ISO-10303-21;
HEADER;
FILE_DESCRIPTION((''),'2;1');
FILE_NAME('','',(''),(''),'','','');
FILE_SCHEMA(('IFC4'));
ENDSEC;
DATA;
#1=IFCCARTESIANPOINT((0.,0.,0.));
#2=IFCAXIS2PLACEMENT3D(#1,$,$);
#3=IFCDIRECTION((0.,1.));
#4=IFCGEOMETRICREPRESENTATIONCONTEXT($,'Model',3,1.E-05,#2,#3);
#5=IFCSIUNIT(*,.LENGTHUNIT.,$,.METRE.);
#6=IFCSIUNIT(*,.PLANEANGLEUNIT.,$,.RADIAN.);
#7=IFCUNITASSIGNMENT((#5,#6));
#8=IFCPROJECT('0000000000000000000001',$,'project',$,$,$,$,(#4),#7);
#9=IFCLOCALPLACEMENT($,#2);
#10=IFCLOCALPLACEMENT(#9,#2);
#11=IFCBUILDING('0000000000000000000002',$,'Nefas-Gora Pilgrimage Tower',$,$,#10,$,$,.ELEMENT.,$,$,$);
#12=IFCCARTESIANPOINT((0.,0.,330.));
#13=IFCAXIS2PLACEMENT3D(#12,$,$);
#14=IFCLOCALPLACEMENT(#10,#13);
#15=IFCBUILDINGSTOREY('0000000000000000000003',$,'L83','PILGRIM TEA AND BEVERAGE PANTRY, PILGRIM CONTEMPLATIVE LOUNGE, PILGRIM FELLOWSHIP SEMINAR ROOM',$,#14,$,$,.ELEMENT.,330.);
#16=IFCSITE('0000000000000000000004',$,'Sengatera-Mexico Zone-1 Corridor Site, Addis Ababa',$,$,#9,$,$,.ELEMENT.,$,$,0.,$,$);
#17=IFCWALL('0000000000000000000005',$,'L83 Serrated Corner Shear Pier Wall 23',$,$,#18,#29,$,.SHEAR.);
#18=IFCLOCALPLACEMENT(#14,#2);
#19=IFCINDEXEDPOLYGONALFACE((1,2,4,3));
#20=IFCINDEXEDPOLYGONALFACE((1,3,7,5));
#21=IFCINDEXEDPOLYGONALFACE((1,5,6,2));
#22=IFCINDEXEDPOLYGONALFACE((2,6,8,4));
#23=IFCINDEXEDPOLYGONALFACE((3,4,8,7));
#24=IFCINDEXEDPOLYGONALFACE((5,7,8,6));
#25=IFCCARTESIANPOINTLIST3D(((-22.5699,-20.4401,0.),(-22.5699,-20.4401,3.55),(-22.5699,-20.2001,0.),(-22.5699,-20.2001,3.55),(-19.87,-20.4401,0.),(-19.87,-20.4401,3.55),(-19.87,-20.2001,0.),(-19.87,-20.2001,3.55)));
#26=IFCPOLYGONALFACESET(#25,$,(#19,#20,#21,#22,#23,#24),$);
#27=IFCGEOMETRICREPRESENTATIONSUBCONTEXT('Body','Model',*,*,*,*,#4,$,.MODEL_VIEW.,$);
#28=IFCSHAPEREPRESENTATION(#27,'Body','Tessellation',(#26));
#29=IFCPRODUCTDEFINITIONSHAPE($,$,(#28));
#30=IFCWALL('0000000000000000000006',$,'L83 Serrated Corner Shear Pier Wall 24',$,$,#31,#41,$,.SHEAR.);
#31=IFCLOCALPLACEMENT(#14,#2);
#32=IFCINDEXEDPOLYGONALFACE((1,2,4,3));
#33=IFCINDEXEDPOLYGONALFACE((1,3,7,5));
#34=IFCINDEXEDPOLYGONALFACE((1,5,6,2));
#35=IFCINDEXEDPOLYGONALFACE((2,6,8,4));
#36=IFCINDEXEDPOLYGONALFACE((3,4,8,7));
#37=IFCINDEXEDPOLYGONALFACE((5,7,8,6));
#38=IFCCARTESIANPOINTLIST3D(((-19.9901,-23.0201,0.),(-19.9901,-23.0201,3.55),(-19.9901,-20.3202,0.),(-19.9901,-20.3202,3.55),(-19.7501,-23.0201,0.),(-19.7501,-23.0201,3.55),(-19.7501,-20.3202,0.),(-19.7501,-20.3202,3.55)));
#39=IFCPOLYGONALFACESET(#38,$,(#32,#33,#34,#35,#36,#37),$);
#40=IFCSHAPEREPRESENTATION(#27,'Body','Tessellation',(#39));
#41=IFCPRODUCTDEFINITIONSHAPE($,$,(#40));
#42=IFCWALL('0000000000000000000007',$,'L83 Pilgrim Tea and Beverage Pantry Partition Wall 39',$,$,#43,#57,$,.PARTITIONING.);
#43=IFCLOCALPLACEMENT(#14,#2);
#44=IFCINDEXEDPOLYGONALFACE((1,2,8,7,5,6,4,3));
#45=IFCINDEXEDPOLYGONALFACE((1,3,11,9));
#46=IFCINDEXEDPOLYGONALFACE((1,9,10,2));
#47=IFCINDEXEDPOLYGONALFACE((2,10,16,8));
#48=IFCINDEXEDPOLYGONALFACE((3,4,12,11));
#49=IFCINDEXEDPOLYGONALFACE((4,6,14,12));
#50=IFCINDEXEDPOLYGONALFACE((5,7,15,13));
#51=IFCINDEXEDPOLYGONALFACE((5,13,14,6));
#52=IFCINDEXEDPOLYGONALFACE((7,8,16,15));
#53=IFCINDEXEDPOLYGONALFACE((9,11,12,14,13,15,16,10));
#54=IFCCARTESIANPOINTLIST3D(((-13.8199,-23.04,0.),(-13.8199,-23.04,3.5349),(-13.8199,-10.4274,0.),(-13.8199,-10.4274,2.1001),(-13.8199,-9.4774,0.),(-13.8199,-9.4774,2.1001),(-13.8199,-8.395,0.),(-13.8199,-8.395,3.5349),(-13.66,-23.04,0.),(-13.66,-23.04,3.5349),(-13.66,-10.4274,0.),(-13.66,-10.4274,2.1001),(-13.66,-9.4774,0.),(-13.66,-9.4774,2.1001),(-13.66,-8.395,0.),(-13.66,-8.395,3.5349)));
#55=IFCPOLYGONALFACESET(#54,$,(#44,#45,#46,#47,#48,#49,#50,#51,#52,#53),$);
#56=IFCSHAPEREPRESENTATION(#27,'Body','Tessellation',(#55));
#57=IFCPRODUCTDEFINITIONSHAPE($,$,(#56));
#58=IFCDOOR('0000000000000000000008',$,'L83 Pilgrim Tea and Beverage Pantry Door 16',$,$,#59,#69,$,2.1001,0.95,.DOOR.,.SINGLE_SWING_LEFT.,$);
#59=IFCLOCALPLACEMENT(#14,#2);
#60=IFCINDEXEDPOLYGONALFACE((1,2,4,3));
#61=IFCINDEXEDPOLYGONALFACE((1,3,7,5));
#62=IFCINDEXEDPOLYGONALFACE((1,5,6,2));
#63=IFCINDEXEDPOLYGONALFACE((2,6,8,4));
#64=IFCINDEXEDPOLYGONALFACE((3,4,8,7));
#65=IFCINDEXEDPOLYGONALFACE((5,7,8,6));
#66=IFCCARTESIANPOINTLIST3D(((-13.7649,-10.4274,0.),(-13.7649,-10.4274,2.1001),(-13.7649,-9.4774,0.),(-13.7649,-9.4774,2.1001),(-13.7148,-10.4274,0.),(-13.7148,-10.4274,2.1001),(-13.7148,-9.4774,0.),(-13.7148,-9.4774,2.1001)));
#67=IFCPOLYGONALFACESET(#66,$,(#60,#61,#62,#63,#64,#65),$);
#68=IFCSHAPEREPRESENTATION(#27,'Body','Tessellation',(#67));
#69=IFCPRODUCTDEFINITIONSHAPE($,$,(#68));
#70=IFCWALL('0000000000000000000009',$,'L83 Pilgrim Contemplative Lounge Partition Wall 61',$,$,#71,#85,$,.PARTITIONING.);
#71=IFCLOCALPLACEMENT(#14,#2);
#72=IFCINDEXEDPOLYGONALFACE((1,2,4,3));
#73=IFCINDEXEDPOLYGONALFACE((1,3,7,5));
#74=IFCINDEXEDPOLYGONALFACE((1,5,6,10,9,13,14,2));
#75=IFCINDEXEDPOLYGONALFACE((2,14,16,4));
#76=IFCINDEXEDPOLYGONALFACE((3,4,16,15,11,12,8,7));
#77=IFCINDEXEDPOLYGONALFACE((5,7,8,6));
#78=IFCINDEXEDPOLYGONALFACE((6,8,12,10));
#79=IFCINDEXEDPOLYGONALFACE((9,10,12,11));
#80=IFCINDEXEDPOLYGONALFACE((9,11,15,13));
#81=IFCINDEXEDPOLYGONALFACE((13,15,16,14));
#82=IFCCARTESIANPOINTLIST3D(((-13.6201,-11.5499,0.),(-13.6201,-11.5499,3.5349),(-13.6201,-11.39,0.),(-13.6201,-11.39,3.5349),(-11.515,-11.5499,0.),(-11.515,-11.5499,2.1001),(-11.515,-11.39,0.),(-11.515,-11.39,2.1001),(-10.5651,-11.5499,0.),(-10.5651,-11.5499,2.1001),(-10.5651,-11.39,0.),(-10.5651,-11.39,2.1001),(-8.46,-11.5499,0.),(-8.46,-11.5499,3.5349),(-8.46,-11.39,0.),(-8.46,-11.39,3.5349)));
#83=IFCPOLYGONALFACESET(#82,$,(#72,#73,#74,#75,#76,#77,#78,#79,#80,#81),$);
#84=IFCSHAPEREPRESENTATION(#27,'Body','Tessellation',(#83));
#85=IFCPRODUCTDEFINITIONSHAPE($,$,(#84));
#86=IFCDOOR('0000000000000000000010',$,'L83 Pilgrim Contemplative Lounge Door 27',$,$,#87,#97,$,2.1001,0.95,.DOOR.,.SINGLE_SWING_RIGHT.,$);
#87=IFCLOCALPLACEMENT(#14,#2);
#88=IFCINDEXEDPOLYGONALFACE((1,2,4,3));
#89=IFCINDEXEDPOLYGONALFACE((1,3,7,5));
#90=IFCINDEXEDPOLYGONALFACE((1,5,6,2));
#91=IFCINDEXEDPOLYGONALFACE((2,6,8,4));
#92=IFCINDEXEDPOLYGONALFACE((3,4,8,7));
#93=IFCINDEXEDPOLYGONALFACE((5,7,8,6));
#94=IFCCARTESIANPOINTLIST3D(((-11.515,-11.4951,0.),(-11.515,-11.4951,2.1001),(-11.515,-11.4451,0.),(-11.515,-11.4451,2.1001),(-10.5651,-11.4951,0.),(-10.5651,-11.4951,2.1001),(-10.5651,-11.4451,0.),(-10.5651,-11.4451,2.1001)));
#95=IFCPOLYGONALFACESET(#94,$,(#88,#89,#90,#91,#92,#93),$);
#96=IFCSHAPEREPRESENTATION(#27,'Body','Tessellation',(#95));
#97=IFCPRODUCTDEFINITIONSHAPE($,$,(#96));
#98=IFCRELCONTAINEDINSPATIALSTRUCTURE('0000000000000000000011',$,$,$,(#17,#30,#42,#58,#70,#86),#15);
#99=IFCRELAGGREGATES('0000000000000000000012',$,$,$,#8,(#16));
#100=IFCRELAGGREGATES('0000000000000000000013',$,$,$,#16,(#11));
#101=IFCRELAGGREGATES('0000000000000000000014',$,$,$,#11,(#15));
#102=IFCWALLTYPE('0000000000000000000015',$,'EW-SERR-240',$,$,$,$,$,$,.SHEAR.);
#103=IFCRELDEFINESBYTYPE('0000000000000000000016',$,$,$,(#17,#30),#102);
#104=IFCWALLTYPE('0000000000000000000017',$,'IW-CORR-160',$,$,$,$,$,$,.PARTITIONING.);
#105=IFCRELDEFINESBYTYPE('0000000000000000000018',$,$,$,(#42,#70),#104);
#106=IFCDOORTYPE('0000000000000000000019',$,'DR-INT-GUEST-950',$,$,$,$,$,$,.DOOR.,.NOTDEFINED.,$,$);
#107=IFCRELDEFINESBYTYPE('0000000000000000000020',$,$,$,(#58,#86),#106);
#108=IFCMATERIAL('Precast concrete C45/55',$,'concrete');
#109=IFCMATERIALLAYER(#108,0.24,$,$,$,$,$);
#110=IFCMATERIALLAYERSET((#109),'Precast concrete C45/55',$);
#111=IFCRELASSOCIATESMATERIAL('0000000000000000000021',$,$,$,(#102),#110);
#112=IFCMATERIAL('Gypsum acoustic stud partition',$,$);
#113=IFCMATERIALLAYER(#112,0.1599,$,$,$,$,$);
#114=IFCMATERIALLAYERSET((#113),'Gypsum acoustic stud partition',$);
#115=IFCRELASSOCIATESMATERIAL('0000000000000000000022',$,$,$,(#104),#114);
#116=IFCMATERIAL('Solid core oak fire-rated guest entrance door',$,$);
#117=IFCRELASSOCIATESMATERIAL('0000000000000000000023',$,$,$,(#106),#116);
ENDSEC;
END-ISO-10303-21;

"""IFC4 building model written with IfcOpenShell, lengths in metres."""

from ifc_helpers import new_model, si_unit, direction, frame, frame_2d, origin, place, context, subcontext, project, spatial, rectangle, extrude, source, transform, mapped, material, layer, layer_set, type_object, element, fill, save


model = new_model("IFC4")

# Units and contexts
model_context = context("Model", 3, precision=1e-05, world=origin(), true_north=direction((0.0, 1.0)))
body_context = subcontext(model_context, "Body", "Model", "MODEL_VIEW")
ifc_project = project(units=[si_unit("LENGTHUNIT", "METRE"), si_unit("PLANEANGLEUNIT", "RADIAN")], contexts=[model_context])

# Site, building, storey
site_placement = place(None, origin())
site = spatial("IfcSite", under=ifc_project, at=site_placement, Name="Sengatera-Mexico Zone-1 Corridor Site, Addis Ababa", CompositionType="ELEMENT", RefElevation=0.0)
building_placement = place(site_placement, origin())
building = spatial("IfcBuilding", under=site, at=building_placement, Name="Nefas-Gora Pilgrimage Tower", CompositionType="ELEMENT")
storey_placement = place(building_placement, frame((0.0, 0.0, 330.0)))
storey = spatial("IfcBuildingStorey", under=building, at=storey_placement, Name="L83", Description="PILGRIM TEA AND BEVERAGE PANTRY, PILGRIM CONTEMPLATIVE LOUNGE, PILGRIM FELLOWSHIP SEMINAR ROOM", CompositionType="ELEMENT", Elevation=330.0)

# Shared definitions
ifc_material_1 = material(Name="Precast concrete C45/55", Category="concrete")
ifc_layer_1 = layer(ifc_material_1, 0.24)
ifc_layer_set_1 = layer_set([ifc_layer_1], Name="Precast concrete C45/55")
wall_type_1 = type_object("IfcWallType", Name="EW-SERR-240", PredefinedType="SHEAR", material=ifc_layer_set_1)
shared_shape_1 = source(origin(), body_context, "Body", "SweptSolid", [
    extrude(rectangle(XDim=2.7, YDim=0.24, at=frame_2d((1.3501, 0.0))), origin(), (0.0, 0.0, 1.0), 3.55),
])

# Walls
for number, where, z_axis, x_axis, name in (
    (1, (-22.5701, -20.3201, 0.0), (0.0, 0.0, 1.0), (1.0, 0.0, 0.0), "L83 Serrated Corner Shear Pier Wall 23"),
    (2, (-19.8701, -20.3201, 0.0), (0.0, 0.0, 1.0), (0.0, -1.0, 0.0), "L83 Serrated Corner Shear Pier Wall 24"),
):
    element("IfcWall", number, at=place(storey_placement, frame(where, z_axis=z_axis, x_axis=x_axis)), inside=storey, type_object=wall_type_1, Name=name, PredefinedType="SHEAR", context=body_context, shape_type="MappedRepresentation", body=[
        mapped(shared_shape_1, transform((0.0, 0.0, 0.0), x_axis=(1.0, 0.0, 0.0), y_axis=(0.0, 1.0, 0.0), z_axis=(0.0, 0.0, 1.0), scale=1.0)),
    ])

# Walls, openings, doors
ifc_material_2 = material(Name="Gypsum acoustic stud partition")
ifc_layer_2 = layer(ifc_material_2, 0.1599)
ifc_layer_set_2 = layer_set([ifc_layer_2], Name="Gypsum acoustic stud partition")
wall_type_2 = type_object("IfcWallType", Name="IW-CORR-160", PredefinedType="PARTITIONING", material=ifc_layer_set_2)
shared_shape_2 = source(origin(), body_context, "Body", "SweptSolid", [
    extrude(rectangle(XDim=14.645, YDim=0.1599, at=frame_2d((7.3225, 0.0))), origin(), (0.0, 0.0, 1.0), 3.5349),
])
wall_1_placement = place(storey_placement, frame((-13.74, -23.04, 0.0), z_axis=(0.0, 0.0, 1.0), x_axis=(0.0, 1.0, 0.0)))
wall_1 = element("IfcWall", 3, at=wall_1_placement, inside=storey, type_object=wall_type_2, Name="L83 Pilgrim Tea and Beverage Pantry Partition Wall 39", PredefinedType="PARTITIONING", context=body_context, shape_type="MappedRepresentation", body=[
    mapped(shared_shape_2, transform((0.0, 0.0, 0.0), x_axis=(1.0, 0.0, 0.0), y_axis=(0.0, 1.0, 0.0), z_axis=(0.0, 0.0, 1.0), scale=1.0)),
])
opening_1_placement = place(wall_1_placement, frame((12.6125, 0.0, 0.0)))
opening_1 = element("IfcOpeningElement", 4, at=opening_1_placement, cuts=wall_1, PredefinedType="OPENING", context=body_context, shape_type="SweptSolid", body=[
    extrude(rectangle(XDim=0.95, YDim=2.1001, at=frame_2d((0.4751, 1.05))), frame((0.0, 0.0898, 0.0), z_axis=(0.0, -1.0, 0.0), x_axis=(1.0, 0.0, 0.0)), (0.0, 0.0, 1.0), 0.1799),
])
ifc_material_3 = material(Name="Solid core oak fire-rated guest entrance door")
door_type = type_object("IfcDoorType", Name="DR-INT-GUEST-950", OperationType="NOTDEFINED", PredefinedType="DOOR", material=ifc_material_3)
shared_shape_3 = source(origin(), body_context, "Body", "SweptSolid", [
    extrude(rectangle(XDim=0.95, YDim=2.1001, at=frame_2d((0.4751, 1.05))), frame((0.0, 0.0249, 0.0), z_axis=(0.0, -1.0, 0.0), x_axis=(1.0, 0.0, 0.0)), (0.0, 0.0, 1.0), 0.05),
])
door_1_placement = place(opening_1_placement, origin())
door_1 = element("IfcDoor", 5, at=door_1_placement, inside=storey, type_object=door_type, Name="L83 Pilgrim Tea and Beverage Pantry Door 16", OperationType="SINGLE_SWING_LEFT", OverallHeight=2.1001, OverallWidth=0.95, PredefinedType="DOOR", context=body_context, shape_type="MappedRepresentation", body=[
    mapped(shared_shape_3, transform((0.0, 0.0, 0.0), x_axis=(1.0, 0.0, 0.0), y_axis=(0.0, 1.0, 0.0), z_axis=(0.0, 0.0, 1.0), scale=1.0)),
])
fill(opening_1, door_1)
shared_shape_4 = source(origin(), body_context, "Body", "SweptSolid", [
    extrude(rectangle(XDim=5.1602, YDim=0.1599, at=frame_2d((2.5801, 0.0))), origin(), (0.0, 0.0, 1.0), 3.5349),
])
wall_2_placement = place(storey_placement, frame((-13.6201, -11.47, 0.0), z_axis=(0.0, 0.0, 1.0), x_axis=(1.0, 0.0, 0.0)))
wall_2 = element("IfcWall", 6, at=wall_2_placement, inside=storey, type_object=wall_type_2, Name="L83 Pilgrim Contemplative Lounge Partition Wall 61", PredefinedType="PARTITIONING", context=body_context, shape_type="MappedRepresentation", body=[
    mapped(shared_shape_4, transform((0.0, 0.0, 0.0), x_axis=(1.0, 0.0, 0.0), y_axis=(0.0, 1.0, 0.0), z_axis=(0.0, 0.0, 1.0), scale=1.0)),
])
opening_2_placement = place(wall_2_placement, frame((2.105, 0.0, 0.0)))
opening_2 = element("IfcOpeningElement", 7, at=opening_2_placement, cuts=wall_2, PredefinedType="OPENING", context=body_context, shape_type="SweptSolid", body=[
    extrude(rectangle(XDim=0.95, YDim=2.1001, at=frame_2d((0.4751, 1.05))), frame((0.0, 0.0898, 0.0), z_axis=(0.0, -1.0, 0.0), x_axis=(1.0, 0.0, 0.0)), (0.0, 0.0, 1.0), 0.1799),
])
door_2_placement = place(opening_2_placement, origin())
door_2 = element("IfcDoor", 8, at=door_2_placement, inside=storey, type_object=door_type, Name="L83 Pilgrim Contemplative Lounge Door 27", OperationType="SINGLE_SWING_RIGHT", OverallHeight=2.1001, OverallWidth=0.95, PredefinedType="DOOR", context=body_context, shape_type="MappedRepresentation", body=[
    mapped(shared_shape_3, transform((0.0, 0.0, 0.0), x_axis=(1.0, 0.0, 0.0), y_axis=(0.0, 1.0, 0.0), z_axis=(0.0, 0.0, 1.0), scale=1.0)),
])
fill(opening_2, door_2)

save(model, "model.ifc")
